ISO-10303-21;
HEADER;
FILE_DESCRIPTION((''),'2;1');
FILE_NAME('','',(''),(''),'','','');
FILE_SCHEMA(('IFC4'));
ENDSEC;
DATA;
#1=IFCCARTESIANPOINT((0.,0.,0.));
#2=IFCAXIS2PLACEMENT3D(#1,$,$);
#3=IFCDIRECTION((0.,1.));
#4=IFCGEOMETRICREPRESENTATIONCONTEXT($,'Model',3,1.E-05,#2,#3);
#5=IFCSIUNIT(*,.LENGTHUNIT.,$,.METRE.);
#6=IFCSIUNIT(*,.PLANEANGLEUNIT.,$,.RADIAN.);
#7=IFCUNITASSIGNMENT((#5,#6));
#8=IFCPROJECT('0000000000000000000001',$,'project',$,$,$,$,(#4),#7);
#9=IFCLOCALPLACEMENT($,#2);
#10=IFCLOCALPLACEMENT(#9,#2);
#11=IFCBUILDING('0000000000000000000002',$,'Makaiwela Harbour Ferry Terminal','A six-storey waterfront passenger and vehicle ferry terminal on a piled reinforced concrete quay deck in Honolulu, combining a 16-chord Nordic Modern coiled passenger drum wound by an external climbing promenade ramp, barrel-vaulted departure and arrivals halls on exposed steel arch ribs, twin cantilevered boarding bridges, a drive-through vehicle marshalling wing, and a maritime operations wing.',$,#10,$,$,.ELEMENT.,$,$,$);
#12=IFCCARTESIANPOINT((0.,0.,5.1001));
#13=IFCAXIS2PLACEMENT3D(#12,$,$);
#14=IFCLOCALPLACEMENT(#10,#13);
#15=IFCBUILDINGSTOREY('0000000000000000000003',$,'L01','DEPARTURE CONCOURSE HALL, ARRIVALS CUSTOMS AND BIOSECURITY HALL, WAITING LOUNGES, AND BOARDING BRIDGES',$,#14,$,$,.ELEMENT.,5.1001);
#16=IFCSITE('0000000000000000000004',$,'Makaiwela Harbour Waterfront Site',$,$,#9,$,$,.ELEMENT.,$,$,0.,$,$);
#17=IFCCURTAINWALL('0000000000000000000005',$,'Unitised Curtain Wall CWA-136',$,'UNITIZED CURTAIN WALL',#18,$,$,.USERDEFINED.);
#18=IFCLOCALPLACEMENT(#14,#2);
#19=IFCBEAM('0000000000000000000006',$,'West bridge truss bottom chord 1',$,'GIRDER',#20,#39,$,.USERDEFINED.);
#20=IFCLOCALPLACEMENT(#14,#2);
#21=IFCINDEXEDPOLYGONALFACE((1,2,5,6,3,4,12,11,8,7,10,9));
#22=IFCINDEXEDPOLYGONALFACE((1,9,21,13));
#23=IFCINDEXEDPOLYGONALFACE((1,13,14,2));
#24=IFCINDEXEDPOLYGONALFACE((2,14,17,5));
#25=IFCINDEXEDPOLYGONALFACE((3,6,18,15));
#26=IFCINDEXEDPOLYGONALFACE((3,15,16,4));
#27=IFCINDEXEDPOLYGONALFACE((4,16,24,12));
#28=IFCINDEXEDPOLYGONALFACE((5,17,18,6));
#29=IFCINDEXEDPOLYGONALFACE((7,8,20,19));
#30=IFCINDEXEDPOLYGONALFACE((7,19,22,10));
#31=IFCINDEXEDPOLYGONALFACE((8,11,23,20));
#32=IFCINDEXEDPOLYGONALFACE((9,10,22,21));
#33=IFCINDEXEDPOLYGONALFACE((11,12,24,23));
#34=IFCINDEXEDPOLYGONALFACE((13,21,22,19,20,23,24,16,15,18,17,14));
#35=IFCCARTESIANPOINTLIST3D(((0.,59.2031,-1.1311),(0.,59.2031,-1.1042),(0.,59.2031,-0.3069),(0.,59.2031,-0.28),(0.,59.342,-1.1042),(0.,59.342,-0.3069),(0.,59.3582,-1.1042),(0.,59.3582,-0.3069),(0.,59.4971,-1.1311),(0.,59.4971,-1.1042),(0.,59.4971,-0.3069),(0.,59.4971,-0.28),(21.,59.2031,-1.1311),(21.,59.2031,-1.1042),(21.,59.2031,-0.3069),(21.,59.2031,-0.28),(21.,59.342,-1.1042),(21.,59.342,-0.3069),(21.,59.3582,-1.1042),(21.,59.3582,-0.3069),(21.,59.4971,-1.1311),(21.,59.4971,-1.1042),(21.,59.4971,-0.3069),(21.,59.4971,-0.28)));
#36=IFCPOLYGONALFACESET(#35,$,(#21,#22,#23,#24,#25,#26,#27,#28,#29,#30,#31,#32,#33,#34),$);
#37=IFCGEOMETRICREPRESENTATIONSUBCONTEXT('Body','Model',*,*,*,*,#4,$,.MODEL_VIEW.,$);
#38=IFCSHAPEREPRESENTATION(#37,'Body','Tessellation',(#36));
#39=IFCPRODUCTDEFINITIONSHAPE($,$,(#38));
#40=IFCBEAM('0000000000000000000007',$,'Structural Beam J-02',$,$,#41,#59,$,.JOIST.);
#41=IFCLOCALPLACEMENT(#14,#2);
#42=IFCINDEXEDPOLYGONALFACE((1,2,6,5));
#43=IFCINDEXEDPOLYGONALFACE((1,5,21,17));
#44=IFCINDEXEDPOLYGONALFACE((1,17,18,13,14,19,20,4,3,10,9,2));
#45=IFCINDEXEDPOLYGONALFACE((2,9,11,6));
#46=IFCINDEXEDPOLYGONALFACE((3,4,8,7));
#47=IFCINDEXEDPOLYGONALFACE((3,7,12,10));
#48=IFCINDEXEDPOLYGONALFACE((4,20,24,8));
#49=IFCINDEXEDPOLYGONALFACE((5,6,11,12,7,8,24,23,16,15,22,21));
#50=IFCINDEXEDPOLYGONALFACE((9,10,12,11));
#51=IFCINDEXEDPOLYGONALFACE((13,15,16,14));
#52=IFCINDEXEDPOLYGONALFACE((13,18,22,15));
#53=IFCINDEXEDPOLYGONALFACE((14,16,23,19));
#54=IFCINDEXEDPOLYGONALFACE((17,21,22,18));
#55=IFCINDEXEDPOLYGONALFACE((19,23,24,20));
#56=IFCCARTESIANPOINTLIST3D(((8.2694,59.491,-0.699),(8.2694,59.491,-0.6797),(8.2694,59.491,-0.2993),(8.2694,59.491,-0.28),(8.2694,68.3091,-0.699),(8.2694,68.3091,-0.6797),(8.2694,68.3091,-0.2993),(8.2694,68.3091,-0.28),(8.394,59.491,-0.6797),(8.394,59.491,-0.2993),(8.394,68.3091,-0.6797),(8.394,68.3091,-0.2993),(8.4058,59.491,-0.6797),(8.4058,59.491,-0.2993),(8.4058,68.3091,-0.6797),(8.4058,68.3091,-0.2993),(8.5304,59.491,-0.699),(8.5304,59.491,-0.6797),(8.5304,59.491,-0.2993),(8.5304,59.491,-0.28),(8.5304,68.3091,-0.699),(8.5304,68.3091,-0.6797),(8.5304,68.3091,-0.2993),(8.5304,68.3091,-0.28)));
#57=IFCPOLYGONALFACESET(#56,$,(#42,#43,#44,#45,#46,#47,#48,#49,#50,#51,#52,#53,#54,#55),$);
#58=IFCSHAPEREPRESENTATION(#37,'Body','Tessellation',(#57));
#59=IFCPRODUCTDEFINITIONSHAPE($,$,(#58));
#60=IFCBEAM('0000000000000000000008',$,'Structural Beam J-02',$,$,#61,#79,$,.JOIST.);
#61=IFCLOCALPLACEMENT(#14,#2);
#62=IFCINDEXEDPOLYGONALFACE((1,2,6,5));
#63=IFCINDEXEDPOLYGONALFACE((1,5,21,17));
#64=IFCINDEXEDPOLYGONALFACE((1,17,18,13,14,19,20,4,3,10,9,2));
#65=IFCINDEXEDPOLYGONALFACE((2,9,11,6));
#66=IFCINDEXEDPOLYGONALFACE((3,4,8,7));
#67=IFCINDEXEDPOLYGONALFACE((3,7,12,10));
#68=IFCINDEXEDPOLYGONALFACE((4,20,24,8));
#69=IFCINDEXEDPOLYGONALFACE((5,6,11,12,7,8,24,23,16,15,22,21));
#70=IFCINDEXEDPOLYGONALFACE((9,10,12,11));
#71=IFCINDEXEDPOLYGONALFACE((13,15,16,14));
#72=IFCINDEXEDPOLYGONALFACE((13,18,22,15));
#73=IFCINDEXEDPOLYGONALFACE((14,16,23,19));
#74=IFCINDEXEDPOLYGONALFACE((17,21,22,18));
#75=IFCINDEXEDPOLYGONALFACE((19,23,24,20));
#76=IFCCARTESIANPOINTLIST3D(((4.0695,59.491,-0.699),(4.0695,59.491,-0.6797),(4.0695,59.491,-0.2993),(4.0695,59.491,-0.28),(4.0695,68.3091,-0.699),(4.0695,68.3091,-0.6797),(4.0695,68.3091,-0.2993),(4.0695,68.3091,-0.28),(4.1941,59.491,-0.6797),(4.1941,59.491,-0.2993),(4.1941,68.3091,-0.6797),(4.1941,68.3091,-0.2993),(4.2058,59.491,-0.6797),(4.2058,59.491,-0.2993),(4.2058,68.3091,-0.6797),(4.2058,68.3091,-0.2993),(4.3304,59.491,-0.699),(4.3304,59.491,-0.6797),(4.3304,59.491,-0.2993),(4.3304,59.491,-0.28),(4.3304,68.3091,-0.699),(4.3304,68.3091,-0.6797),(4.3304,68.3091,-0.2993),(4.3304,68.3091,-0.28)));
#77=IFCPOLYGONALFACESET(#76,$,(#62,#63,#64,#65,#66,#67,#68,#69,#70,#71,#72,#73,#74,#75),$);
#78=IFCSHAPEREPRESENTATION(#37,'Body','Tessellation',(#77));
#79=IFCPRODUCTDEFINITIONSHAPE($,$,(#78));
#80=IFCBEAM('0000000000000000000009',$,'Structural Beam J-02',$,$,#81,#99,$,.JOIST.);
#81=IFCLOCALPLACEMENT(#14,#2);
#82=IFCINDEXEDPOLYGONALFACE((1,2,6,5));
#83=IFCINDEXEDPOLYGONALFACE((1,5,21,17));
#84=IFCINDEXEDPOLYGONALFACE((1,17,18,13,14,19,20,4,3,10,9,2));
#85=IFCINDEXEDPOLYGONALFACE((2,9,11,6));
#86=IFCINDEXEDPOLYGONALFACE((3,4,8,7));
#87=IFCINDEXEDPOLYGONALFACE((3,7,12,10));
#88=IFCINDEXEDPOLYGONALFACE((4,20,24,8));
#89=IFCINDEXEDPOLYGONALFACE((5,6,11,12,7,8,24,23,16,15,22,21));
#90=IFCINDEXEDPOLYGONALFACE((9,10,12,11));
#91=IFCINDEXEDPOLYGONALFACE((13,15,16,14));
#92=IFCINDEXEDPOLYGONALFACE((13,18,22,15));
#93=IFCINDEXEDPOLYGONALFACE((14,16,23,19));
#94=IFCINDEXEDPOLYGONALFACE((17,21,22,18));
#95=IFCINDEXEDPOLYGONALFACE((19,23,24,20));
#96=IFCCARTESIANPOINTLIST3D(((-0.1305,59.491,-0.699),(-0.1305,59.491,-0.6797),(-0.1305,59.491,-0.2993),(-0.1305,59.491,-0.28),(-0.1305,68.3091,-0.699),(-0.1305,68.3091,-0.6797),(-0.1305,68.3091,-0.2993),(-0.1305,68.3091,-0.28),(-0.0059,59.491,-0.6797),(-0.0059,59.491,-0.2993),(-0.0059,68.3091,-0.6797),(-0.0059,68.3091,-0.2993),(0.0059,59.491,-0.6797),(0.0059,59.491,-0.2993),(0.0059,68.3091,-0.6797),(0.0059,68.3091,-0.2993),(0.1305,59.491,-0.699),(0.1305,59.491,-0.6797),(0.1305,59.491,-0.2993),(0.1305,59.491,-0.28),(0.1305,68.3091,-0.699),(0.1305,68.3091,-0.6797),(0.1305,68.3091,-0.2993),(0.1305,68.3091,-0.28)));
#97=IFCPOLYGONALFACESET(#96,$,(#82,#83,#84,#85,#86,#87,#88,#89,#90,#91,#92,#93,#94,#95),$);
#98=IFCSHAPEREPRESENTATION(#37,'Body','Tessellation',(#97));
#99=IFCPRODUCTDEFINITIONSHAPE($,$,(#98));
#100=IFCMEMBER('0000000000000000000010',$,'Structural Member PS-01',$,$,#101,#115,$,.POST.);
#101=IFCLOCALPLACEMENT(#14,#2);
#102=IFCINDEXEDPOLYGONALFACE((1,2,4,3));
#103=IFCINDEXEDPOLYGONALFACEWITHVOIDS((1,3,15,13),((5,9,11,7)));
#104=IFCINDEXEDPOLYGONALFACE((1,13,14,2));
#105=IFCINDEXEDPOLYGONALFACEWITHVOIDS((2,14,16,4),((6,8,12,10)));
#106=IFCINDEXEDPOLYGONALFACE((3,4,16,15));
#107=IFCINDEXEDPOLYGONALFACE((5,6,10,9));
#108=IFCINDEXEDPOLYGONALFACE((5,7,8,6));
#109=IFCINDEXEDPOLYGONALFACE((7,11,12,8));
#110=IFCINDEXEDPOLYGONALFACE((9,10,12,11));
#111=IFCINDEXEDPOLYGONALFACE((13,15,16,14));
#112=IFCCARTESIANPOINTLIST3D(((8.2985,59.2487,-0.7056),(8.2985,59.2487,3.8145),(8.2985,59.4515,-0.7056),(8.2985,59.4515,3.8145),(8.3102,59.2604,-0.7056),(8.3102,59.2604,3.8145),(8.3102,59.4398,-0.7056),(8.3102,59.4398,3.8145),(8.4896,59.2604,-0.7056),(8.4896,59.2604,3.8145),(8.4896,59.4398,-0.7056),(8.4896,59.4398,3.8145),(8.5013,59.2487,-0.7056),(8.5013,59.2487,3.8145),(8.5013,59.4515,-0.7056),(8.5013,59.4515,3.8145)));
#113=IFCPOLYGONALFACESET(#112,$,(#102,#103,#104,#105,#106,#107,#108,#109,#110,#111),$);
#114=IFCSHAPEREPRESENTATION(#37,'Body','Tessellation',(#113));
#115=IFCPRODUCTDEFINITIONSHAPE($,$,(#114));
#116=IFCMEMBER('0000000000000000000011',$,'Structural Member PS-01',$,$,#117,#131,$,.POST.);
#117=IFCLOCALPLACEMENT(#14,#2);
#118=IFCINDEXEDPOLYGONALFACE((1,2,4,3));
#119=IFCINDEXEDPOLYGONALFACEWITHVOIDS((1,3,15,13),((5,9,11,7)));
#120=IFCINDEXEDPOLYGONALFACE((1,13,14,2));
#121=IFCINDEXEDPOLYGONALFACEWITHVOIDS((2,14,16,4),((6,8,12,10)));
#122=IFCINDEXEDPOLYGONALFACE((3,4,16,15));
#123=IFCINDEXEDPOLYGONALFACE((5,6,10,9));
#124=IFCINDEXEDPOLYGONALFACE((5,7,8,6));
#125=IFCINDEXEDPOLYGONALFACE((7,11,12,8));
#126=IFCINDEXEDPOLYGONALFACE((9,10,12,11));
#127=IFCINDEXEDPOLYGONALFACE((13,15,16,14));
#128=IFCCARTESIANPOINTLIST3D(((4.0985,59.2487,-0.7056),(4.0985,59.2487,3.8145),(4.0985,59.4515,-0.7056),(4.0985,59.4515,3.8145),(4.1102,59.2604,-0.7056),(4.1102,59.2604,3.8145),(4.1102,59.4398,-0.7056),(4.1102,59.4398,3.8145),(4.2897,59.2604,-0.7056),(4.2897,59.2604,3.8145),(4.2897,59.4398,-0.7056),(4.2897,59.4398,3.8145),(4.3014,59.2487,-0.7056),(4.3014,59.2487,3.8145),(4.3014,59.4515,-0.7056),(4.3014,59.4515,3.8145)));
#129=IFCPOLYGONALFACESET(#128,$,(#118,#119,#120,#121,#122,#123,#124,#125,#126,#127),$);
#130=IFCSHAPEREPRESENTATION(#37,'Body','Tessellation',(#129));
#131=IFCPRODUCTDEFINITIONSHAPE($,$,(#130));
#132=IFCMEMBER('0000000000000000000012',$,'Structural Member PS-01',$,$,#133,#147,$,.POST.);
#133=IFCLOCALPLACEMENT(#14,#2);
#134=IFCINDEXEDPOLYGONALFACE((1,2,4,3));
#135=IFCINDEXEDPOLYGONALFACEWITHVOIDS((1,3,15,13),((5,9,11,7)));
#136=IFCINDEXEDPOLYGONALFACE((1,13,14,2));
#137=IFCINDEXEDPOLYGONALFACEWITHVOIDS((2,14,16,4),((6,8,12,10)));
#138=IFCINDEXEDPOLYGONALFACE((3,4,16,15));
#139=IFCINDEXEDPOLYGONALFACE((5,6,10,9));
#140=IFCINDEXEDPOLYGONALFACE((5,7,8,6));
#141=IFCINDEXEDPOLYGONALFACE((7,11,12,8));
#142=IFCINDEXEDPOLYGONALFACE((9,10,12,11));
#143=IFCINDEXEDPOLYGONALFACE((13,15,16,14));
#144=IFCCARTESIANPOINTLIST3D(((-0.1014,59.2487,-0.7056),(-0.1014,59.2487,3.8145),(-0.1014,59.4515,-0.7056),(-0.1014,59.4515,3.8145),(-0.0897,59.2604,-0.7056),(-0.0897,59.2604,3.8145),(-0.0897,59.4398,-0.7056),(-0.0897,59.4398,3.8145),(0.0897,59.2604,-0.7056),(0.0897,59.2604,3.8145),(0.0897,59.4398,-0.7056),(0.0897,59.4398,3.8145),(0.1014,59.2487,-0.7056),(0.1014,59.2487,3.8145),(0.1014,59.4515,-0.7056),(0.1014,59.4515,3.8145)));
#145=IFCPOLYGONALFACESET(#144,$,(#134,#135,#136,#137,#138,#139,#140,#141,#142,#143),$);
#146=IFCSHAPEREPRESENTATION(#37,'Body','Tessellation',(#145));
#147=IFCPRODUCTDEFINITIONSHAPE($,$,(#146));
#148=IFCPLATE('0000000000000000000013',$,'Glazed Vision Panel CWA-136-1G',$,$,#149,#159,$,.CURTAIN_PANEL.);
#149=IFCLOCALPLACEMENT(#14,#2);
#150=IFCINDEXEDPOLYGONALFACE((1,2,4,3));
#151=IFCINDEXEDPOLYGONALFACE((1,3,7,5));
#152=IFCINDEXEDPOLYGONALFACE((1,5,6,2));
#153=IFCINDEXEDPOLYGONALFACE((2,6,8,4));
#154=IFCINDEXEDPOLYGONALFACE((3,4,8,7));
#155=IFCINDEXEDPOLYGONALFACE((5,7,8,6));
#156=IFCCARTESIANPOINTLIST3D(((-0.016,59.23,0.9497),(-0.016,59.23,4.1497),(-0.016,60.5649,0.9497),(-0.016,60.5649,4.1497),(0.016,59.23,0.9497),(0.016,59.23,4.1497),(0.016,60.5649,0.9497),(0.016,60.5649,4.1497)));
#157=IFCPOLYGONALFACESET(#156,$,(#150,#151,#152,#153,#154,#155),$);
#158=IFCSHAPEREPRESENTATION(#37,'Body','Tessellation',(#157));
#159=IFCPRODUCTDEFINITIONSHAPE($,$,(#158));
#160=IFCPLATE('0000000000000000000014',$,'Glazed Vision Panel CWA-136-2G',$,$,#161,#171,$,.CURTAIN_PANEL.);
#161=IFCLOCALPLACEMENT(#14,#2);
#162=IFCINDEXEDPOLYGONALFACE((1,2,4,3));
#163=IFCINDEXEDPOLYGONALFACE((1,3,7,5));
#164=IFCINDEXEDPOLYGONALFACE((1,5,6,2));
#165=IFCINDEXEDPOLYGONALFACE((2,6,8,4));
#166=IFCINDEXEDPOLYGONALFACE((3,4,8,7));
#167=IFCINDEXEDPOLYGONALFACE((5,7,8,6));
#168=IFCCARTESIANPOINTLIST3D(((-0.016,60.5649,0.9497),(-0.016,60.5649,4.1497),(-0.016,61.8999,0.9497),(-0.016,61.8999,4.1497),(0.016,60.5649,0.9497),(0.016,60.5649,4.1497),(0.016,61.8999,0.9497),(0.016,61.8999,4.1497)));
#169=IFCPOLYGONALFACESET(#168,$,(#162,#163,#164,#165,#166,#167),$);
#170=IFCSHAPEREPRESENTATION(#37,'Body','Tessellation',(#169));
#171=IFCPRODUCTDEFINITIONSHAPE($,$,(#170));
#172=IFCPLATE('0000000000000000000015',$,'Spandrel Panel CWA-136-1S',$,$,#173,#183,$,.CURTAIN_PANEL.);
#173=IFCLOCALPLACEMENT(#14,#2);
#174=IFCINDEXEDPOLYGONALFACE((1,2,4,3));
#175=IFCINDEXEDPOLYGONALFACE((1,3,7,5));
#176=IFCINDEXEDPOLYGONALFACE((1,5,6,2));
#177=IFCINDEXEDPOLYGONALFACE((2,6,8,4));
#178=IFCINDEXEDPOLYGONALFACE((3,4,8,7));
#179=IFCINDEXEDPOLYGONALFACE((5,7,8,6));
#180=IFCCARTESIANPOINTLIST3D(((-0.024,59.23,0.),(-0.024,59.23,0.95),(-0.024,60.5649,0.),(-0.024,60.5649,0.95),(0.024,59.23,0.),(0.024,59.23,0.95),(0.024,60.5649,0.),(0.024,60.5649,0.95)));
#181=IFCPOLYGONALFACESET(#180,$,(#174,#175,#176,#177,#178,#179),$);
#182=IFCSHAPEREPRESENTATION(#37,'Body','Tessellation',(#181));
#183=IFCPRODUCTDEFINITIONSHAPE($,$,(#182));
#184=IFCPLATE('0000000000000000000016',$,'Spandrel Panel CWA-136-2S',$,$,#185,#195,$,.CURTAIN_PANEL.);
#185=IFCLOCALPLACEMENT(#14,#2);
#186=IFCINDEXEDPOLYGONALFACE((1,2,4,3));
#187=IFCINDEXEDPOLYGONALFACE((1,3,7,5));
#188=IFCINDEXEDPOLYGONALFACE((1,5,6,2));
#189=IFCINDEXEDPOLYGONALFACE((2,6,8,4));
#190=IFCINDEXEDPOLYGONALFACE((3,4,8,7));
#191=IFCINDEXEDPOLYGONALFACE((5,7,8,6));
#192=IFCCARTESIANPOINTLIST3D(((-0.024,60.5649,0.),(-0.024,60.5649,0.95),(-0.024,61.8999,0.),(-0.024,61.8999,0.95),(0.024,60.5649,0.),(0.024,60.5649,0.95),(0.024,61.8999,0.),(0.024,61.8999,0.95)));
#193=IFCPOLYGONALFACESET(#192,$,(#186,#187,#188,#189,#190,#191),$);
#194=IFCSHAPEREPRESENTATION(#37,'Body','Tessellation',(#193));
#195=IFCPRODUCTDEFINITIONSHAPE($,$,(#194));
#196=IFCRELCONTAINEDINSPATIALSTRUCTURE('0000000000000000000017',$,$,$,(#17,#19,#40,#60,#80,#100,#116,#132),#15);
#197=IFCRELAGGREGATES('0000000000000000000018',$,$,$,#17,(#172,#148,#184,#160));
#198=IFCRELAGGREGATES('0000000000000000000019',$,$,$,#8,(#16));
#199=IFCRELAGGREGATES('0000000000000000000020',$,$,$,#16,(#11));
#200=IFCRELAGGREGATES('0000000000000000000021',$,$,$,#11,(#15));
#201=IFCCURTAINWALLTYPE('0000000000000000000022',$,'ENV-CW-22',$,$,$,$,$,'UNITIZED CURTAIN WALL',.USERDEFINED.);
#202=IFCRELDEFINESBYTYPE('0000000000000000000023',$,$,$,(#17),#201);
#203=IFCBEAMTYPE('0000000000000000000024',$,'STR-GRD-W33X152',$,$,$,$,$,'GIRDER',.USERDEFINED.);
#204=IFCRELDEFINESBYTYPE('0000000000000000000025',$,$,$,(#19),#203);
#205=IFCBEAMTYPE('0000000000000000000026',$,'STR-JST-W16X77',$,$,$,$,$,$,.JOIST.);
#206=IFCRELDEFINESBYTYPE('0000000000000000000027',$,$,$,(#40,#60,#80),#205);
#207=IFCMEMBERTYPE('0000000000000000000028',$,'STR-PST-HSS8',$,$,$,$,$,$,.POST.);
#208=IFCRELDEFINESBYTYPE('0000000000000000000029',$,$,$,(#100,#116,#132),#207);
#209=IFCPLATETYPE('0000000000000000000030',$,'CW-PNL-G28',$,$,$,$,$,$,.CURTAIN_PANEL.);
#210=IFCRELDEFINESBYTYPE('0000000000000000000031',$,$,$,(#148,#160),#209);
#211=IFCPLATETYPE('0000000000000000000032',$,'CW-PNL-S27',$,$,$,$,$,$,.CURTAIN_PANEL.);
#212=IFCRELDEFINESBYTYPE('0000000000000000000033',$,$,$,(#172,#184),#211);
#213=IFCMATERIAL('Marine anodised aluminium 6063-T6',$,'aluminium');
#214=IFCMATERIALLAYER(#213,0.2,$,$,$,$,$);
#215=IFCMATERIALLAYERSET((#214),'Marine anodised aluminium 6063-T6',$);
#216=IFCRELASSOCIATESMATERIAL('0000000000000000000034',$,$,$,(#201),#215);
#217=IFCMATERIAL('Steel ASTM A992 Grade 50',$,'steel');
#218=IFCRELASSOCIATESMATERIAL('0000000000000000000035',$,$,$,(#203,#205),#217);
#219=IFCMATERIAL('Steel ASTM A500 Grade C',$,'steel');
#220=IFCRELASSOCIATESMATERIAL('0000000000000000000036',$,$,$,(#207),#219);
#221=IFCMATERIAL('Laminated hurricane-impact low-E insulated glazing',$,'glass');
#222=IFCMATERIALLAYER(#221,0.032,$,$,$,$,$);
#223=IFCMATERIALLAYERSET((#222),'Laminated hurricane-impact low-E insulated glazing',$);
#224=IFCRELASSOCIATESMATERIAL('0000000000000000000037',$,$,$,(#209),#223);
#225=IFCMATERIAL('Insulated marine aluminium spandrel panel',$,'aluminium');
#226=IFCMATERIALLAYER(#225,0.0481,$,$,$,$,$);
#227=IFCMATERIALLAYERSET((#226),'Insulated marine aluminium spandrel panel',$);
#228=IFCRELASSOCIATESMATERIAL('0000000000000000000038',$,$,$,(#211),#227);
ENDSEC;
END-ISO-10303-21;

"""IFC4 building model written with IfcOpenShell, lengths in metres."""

from ifc_helpers import new_model, si_unit, direction, frame, origin, origin_2d, place, context, subcontext, project, spatial, rectangle, hollow_rectangle, i_section, extrude, material, layer, layer_set, material_profile, profile_set, type_object, element, aggregate, save


model = new_model("IFC4")

# Units and contexts
model_context = context("Model", 3, precision=1e-05, world=origin(), true_north=direction((0.0, 1.0)))
body_context = subcontext(model_context, "Body", "Model", "MODEL_VIEW")
ifc_project = project(units=[si_unit("LENGTHUNIT", "METRE"), si_unit("PLANEANGLEUNIT", "RADIAN")], contexts=[model_context])

# Site, building, storey
site_placement = place(None, origin())
site = spatial("IfcSite", under=ifc_project, at=site_placement, Name="Makaiwela Harbour Waterfront Site", CompositionType="ELEMENT", RefElevation=0.0)
building_placement = place(site_placement, origin())
building = spatial("IfcBuilding", under=site, at=building_placement, Name="Makaiwela Harbour Ferry Terminal", Description="A six-storey waterfront passenger and vehicle ferry terminal on a piled reinforced concrete quay deck in Honolulu, combining a 16-chord Nordic Modern coiled passenger drum wound by an external climbing promenade ramp, barrel-vaulted departure and arrivals halls on exposed steel arch ribs, twin cantilevered boarding bridges, a drive-through vehicle marshalling wing, and a maritime operations wing.", CompositionType="ELEMENT")
storey_placement = place(building_placement, frame((0.0, 0.0, 5.1001)))
storey = spatial("IfcBuildingStorey", under=building, at=storey_placement, Name="L01", Description="DEPARTURE CONCOURSE HALL, ARRIVALS CUSTOMS AND BIOSECURITY HALL, WAITING LOUNGES, AND BOARDING BRIDGES", CompositionType="ELEMENT", Elevation=5.1001)

# Curtain wall
ifc_material_1 = material(Name="Marine anodised aluminium 6063-T6", Category="aluminium")
ifc_layer_1 = layer(ifc_material_1, 0.2)
ifc_layer_set_1 = layer_set([ifc_layer_1], Name="Marine anodised aluminium 6063-T6")
curtain_wall_type = type_object("IfcCurtainWallType", Name="ENV-CW-22", ElementType="UNITIZED CURTAIN WALL", PredefinedType="USERDEFINED", material=ifc_layer_set_1)
curtain_wall_placement = place(storey_placement, origin())
curtain_wall = element("IfcCurtainWall", 1, at=curtain_wall_placement, inside=storey, type_object=curtain_wall_type, Name="Unitised Curtain Wall CWA-136", ObjectType="UNITIZED CURTAIN WALL", PredefinedType="USERDEFINED")

# Shared definitions
ifc_material_2 = material(Name="Steel ASTM A500 Grade C", Category="steel")

# Beams
ifc_material_3 = material(Name="Steel ASTM A992 Grade 50", Category="steel")
ifc_material_profile_1 = material_profile(ifc_material_3, i_section(OverallWidth=0.2939, OverallDepth=0.8511, WebThickness=0.0161, FlangeThickness=0.0269, at=origin_2d()), Name="W33X152")
ifc_profile_set_1 = profile_set([ifc_material_profile_1], Name="Steel ASTM A992 Grade 50")
beam_type_1 = type_object("IfcBeamType", Name="STR-GRD-W33X152", ElementType="GIRDER", PredefinedType="USERDEFINED", material=ifc_profile_set_1)
beam_placement = place(storey_placement, frame((0.0, 59.3501, -0.7056), z_axis=(1.0, 0.0, 0.0), x_axis=(0.0, 1.0, 0.0)))
element("IfcBeam", 2, at=beam_placement, inside=storey, type_object=beam_type_1, Name="West bridge truss bottom chord 1", ObjectType="GIRDER", PredefinedType="USERDEFINED", context=body_context, shape_type="SweptSolid", body=[
    extrude(i_section(OverallWidth=0.2939, OverallDepth=0.8511, WebThickness=0.0161, FlangeThickness=0.0269, at=origin_2d()), origin(), (0.0, 0.0, 1.0), 21.0),
])
ifc_material_profile_2 = material_profile(ifc_material_3, i_section(OverallWidth=0.261, OverallDepth=0.4189, WebThickness=0.0117, FlangeThickness=0.0193, at=origin_2d()), Name="W16X77")
ifc_profile_set_2 = profile_set([ifc_material_profile_2], Name="Steel ASTM A992 Grade 50")
beam_type_2 = type_object("IfcBeamType", Name="STR-JST-W16X77", PredefinedType="JOIST", material=ifc_profile_set_2)
for number, where, z_axis, x_axis, name in (
    (3, (8.3999, 59.491, -0.4895), (0.0, 1.0, 0.0), (-1.0, 0.0, 0.0), "Structural Beam J-02"),
    (4, (4.2, 59.491, -0.4895), (0.0, 1.0, 0.0), (-1.0, 0.0, 0.0), "Structural Beam J-02"),
    (5, (0.0, 59.491, -0.4895), (0.0, 1.0, 0.0), (-1.0, 0.0, 0.0), "Structural Beam J-02"),
):
    element("IfcBeam", number, at=place(storey_placement, frame(where, z_axis=z_axis, x_axis=x_axis)), inside=storey, type_object=beam_type_2, Name=name, PredefinedType="JOIST", context=body_context, shape_type="SweptSolid", body=[
        extrude(i_section(OverallWidth=0.261, OverallDepth=0.4189, WebThickness=0.0117, FlangeThickness=0.0193, at=origin_2d()), origin(), (0.0, 0.0, 1.0), 8.8181),
    ])

# Members
ifc_material_profile_3 = material_profile(ifc_material_2, hollow_rectangle(XDim=0.2029, YDim=0.2029, WallThickness=0.0117, at=origin_2d()), Name="HSS8X8X1/2")
ifc_profile_set_3 = profile_set([ifc_material_profile_3], Name="Steel ASTM A500 Grade C")
member_type_1 = type_object("IfcMemberType", Name="STR-PST-HSS8", PredefinedType="POST", material=ifc_profile_set_3)
for number, where, z_axis, x_axis, name in (
    (6, (8.3999, 59.3501, -0.7056), (0.0, 0.0, 1.0), (1.0, 0.0, 0.0), "Structural Member PS-01"),
    (7, (4.2, 59.3501, -0.7056), (0.0, 0.0, 1.0), (1.0, 0.0, 0.0), "Structural Member PS-01"),
    (8, (0.0, 59.3501, -0.7056), (0.0, 0.0, 1.0), (1.0, 0.0, 0.0), "Structural Member PS-01"),
):
    element("IfcMember", number, at=place(storey_placement, frame(where, z_axis=z_axis, x_axis=x_axis)), inside=storey, type_object=member_type_1, Name=name, PredefinedType="POST", context=body_context, shape_type="SweptSolid", body=[
        extrude(hollow_rectangle(XDim=0.2029, YDim=0.2029, WallThickness=0.0117, at=origin_2d()), origin(), (0.0, 0.0, 1.0), 4.52),
    ])

# Plates
ifc_material_4 = material(Name="Laminated hurricane-impact low-E insulated glazing", Category="glass")
ifc_layer_2 = layer(ifc_material_4, 0.032)
ifc_layer_set_2 = layer_set([ifc_layer_2], Name="Laminated hurricane-impact low-E insulated glazing")
plate_type_1 = type_object("IfcPlateType", Name="CW-PNL-G28", PredefinedType="CURTAIN_PANEL", material=ifc_layer_set_2)
plate_1_placement = place(storey_placement, frame((0.0, 59.8975, 0.9497), z_axis=(0.0, 0.0, 1.0), x_axis=(0.0, 1.0, 0.0)))
plate_1 = element("IfcPlate", 9, at=plate_1_placement, type_object=plate_type_1, Name="Glazed Vision Panel CWA-136-1G", PredefinedType="CURTAIN_PANEL", context=body_context, shape_type="SweptSolid", body=[
    extrude(rectangle(XDim=1.335, YDim=0.032, at=origin_2d()), origin(), (0.0, 0.0, 1.0), 3.2),
])
plate_2_placement = place(storey_placement, frame((0.0, 61.2324, 0.9497), z_axis=(0.0, 0.0, 1.0), x_axis=(0.0, 1.0, 0.0)))
plate_2 = element("IfcPlate", 10, at=plate_2_placement, type_object=plate_type_1, Name="Glazed Vision Panel CWA-136-2G", PredefinedType="CURTAIN_PANEL", context=body_context, shape_type="SweptSolid", body=[
    extrude(rectangle(XDim=1.335, YDim=0.032, at=origin_2d()), origin(), (0.0, 0.0, 1.0), 3.2),
])
ifc_material_5 = material(Name="Insulated marine aluminium spandrel panel", Category="aluminium")
ifc_layer_3 = layer(ifc_material_5, 0.0481)
ifc_layer_set_3 = layer_set([ifc_layer_3], Name="Insulated marine aluminium spandrel panel")
plate_type_2 = type_object("IfcPlateType", Name="CW-PNL-S27", PredefinedType="CURTAIN_PANEL", material=ifc_layer_set_3)
plate_3_placement = place(storey_placement, frame((0.0, 59.8975, 0.0), z_axis=(0.0, 0.0, 1.0), x_axis=(0.0, 1.0, 0.0)))
plate_3 = element("IfcPlate", 11, at=plate_3_placement, type_object=plate_type_2, Name="Spandrel Panel CWA-136-1S", PredefinedType="CURTAIN_PANEL", context=body_context, shape_type="SweptSolid", body=[
    extrude(rectangle(XDim=1.335, YDim=0.0481, at=origin_2d()), origin(), (0.0, 0.0, 1.0), 0.95),
])
plate_4_placement = place(storey_placement, frame((0.0, 61.2324, 0.0), z_axis=(0.0, 0.0, 1.0), x_axis=(0.0, 1.0, 0.0)))
plate_4 = element("IfcPlate", 12, at=plate_4_placement, type_object=plate_type_2, Name="Spandrel Panel CWA-136-2S", PredefinedType="CURTAIN_PANEL", context=body_context, shape_type="SweptSolid", body=[
    extrude(rectangle(XDim=1.335, YDim=0.0481, at=origin_2d()), origin(), (0.0, 0.0, 1.0), 0.95),
])
aggregate(curtain_wall, [plate_3, plate_1, plate_4, plate_2])

save(model, "model.ifc")
